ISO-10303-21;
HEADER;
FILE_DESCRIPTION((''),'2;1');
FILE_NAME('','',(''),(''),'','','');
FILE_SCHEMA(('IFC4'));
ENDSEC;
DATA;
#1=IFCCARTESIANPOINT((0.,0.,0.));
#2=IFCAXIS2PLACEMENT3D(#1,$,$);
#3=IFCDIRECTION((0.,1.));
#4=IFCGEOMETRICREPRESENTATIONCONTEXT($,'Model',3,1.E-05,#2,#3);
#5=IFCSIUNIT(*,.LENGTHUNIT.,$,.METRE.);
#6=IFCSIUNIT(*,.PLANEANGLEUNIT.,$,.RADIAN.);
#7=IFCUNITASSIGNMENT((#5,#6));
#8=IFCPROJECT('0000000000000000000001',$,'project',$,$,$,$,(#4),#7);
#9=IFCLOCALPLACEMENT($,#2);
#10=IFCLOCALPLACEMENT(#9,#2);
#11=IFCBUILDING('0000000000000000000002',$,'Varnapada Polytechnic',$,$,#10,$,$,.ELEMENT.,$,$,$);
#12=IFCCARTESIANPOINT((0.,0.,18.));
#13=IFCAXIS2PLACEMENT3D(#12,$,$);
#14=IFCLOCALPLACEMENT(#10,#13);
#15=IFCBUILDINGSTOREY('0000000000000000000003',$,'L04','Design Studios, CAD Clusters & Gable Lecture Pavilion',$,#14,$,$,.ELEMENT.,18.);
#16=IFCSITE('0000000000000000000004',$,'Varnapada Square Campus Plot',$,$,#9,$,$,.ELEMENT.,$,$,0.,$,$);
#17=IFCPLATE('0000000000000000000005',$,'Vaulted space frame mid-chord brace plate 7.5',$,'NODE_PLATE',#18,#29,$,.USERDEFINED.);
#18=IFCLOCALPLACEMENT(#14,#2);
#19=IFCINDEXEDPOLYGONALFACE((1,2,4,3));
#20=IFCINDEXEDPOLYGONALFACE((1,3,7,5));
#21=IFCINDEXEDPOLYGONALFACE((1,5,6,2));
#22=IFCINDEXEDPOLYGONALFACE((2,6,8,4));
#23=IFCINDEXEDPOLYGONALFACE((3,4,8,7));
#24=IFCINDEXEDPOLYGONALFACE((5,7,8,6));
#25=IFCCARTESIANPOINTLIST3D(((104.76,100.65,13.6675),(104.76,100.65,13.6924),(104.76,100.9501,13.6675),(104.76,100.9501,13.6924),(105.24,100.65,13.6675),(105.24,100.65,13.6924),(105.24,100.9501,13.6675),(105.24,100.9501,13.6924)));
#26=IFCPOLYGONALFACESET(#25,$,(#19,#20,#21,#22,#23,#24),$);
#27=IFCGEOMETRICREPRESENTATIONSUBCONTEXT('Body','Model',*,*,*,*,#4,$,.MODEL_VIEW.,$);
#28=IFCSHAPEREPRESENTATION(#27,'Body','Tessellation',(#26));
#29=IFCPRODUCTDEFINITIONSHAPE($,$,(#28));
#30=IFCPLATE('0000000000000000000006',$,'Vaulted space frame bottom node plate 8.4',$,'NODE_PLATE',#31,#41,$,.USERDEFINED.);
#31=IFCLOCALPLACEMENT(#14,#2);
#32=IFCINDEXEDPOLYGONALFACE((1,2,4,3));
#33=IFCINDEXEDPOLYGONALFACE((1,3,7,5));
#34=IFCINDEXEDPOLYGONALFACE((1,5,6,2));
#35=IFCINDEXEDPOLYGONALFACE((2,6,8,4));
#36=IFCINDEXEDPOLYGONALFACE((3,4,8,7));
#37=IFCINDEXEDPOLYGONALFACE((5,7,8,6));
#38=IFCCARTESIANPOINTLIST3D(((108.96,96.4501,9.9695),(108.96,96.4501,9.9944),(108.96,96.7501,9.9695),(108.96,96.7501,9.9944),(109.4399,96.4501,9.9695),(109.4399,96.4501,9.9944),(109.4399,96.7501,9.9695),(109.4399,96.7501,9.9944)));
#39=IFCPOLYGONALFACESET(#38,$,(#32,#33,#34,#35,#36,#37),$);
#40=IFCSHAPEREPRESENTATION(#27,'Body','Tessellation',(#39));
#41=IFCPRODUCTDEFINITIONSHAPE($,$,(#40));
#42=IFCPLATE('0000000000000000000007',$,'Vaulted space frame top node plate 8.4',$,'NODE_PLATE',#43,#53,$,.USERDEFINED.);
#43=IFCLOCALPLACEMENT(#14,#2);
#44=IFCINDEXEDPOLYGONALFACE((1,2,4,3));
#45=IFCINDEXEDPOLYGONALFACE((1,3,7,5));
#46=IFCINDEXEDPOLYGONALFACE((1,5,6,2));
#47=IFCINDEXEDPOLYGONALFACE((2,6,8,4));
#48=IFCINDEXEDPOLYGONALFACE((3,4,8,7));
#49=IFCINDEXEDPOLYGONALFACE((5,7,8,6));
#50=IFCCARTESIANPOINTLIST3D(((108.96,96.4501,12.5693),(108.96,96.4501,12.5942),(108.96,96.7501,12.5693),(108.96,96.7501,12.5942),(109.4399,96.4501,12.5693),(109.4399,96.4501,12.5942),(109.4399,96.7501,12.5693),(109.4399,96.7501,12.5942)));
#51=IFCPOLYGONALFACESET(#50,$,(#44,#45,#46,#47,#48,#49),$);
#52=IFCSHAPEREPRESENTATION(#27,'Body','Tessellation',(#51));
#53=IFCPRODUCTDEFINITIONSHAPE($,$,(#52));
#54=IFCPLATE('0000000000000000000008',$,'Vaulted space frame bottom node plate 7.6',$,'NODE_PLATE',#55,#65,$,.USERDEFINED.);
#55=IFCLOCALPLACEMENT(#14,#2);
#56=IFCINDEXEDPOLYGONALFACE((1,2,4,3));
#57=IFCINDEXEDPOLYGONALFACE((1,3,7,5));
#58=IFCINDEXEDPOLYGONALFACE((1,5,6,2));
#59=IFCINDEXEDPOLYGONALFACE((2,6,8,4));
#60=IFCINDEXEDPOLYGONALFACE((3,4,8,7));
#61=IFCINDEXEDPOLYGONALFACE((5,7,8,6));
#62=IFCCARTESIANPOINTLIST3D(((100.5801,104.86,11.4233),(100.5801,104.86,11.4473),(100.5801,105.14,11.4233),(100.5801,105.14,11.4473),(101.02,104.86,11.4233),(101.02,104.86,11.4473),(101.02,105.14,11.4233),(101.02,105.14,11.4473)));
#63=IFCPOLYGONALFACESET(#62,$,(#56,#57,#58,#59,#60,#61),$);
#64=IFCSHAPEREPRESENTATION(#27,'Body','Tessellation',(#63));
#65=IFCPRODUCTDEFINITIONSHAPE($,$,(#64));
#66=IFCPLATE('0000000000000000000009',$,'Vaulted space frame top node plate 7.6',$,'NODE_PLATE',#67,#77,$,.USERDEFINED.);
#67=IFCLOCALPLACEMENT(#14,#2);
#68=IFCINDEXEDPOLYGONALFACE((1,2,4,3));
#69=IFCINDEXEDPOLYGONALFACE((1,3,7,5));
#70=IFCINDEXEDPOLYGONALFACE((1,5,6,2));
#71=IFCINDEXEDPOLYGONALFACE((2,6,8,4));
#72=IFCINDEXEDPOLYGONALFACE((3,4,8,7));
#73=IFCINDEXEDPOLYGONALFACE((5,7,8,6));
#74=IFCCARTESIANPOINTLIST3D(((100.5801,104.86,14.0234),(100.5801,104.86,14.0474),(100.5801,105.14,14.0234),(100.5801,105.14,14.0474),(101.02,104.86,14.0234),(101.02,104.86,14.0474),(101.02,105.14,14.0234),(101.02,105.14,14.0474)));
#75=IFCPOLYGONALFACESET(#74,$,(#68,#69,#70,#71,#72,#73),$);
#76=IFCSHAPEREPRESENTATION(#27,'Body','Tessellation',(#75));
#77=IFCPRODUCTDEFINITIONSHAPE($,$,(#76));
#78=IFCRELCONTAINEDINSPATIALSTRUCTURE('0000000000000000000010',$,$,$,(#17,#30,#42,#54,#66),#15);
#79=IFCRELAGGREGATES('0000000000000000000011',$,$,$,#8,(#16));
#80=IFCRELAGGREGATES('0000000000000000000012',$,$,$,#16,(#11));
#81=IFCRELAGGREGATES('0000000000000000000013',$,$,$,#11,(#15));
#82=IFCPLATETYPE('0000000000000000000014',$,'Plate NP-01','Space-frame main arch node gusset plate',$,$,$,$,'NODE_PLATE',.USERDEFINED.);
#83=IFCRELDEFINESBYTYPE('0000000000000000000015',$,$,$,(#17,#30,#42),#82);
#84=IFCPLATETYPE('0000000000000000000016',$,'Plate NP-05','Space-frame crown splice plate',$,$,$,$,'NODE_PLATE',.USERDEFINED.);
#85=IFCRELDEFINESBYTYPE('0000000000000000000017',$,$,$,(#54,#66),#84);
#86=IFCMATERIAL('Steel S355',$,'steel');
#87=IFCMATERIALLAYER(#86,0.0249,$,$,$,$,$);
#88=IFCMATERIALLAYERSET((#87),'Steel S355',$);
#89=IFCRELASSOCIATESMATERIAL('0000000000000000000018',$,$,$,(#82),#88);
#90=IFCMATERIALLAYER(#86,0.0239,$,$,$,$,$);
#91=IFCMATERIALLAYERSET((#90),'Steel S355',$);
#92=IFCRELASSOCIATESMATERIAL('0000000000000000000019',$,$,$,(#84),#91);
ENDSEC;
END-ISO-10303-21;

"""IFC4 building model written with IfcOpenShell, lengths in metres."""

from ifc_helpers import new_model, si_unit, direction, frame, origin, origin_2d, place, context, subcontext, project, spatial, rectangle, extrude, material, layer, layer_set, type_object, element, save


model = new_model("IFC4")

# Units and contexts
model_context = context("Model", 3, precision=1e-05, world=origin(), true_north=direction((0.0, 1.0)))
body_context = subcontext(model_context, "Body", "Model", "MODEL_VIEW")
ifc_project = project(units=[si_unit("LENGTHUNIT", "METRE"), si_unit("PLANEANGLEUNIT", "RADIAN")], contexts=[model_context])

# Site, building, storey
site_placement = place(None, origin())
site = spatial("IfcSite", under=ifc_project, at=site_placement, Name="Varnapada Square Campus Plot", CompositionType="ELEMENT", RefElevation=0.0)
building_placement = place(site_placement, origin())
building = spatial("IfcBuilding", under=site, at=building_placement, Name="Varnapada Polytechnic", CompositionType="ELEMENT")
storey_placement = place(building_placement, frame((0.0, 0.0, 18.0)))
storey = spatial("IfcBuildingStorey", under=building, at=storey_placement, Name="L04", Description="Design Studios, CAD Clusters & Gable Lecture Pavilion", CompositionType="ELEMENT", Elevation=18.0)

# Shared definitions
ifc_material = material(Name="Steel S355", Category="steel")

# Plates
ifc_layer_1 = layer(ifc_material, 0.0249)
ifc_layer_set_1 = layer_set([ifc_layer_1], Name="Steel S355")
plate_type_1 = type_object("IfcPlateType", Name="Plate NP-01", Description="Space-frame main arch node gusset plate", ElementType="NODE_PLATE", PredefinedType="USERDEFINED", material=ifc_layer_set_1)
for number, where, z_axis, x_axis, name in (
    (1, (105.0, 100.8, 13.6675), (0.0, 0.0, 1.0), (1.0, 0.0, 0.0), "Vaulted space frame mid-chord brace plate 7.5"),
    (2, (109.2, 96.6001, 9.9695), (0.0, 0.0, 1.0), (1.0, 0.0, 0.0), "Vaulted space frame bottom node plate 8.4"),
    (3, (109.2, 96.6001, 12.5693), (0.0, 0.0, 1.0), (1.0, 0.0, 0.0), "Vaulted space frame top node plate 8.4"),
):
    element("IfcPlate", number, at=place(storey_placement, frame(where, z_axis=z_axis, x_axis=x_axis)), inside=storey, type_object=plate_type_1, Name=name, ObjectType="NODE_PLATE", PredefinedType="USERDEFINED", context=body_context, shape_type="SweptSolid", body=[
        extrude(rectangle(XDim=0.48, YDim=0.3, at=origin_2d()), origin(), (0.0, 0.0, 1.0), 0.0249),
    ])
ifc_layer_2 = layer(ifc_material, 0.0239)
ifc_layer_set_2 = layer_set([ifc_layer_2], Name="Steel S355")
plate_type_2 = type_object("IfcPlateType", Name="Plate NP-05", Description="Space-frame crown splice plate", ElementType="NODE_PLATE", PredefinedType="USERDEFINED", material=ifc_layer_set_2)
for number, where, z_axis, x_axis, name in (
    (4, (100.8, 105.0, 11.4233), (0.0, 0.0, 1.0), (1.0, 0.0, 0.0), "Vaulted space frame bottom node plate 7.6"),
    (5, (100.8, 105.0, 14.0234), (0.0, 0.0, 1.0), (1.0, 0.0, 0.0), "Vaulted space frame top node plate 7.6"),
):
    element("IfcPlate", number, at=place(storey_placement, frame(where, z_axis=z_axis, x_axis=x_axis)), inside=storey, type_object=plate_type_2, Name=name, ObjectType="NODE_PLATE", PredefinedType="USERDEFINED", context=body_context, shape_type="SweptSolid", body=[
        extrude(rectangle(XDim=0.4399, YDim=0.28, at=origin_2d()), origin(), (0.0, 0.0, 1.0), 0.0239),
    ])

save(model, "model.ifc")
